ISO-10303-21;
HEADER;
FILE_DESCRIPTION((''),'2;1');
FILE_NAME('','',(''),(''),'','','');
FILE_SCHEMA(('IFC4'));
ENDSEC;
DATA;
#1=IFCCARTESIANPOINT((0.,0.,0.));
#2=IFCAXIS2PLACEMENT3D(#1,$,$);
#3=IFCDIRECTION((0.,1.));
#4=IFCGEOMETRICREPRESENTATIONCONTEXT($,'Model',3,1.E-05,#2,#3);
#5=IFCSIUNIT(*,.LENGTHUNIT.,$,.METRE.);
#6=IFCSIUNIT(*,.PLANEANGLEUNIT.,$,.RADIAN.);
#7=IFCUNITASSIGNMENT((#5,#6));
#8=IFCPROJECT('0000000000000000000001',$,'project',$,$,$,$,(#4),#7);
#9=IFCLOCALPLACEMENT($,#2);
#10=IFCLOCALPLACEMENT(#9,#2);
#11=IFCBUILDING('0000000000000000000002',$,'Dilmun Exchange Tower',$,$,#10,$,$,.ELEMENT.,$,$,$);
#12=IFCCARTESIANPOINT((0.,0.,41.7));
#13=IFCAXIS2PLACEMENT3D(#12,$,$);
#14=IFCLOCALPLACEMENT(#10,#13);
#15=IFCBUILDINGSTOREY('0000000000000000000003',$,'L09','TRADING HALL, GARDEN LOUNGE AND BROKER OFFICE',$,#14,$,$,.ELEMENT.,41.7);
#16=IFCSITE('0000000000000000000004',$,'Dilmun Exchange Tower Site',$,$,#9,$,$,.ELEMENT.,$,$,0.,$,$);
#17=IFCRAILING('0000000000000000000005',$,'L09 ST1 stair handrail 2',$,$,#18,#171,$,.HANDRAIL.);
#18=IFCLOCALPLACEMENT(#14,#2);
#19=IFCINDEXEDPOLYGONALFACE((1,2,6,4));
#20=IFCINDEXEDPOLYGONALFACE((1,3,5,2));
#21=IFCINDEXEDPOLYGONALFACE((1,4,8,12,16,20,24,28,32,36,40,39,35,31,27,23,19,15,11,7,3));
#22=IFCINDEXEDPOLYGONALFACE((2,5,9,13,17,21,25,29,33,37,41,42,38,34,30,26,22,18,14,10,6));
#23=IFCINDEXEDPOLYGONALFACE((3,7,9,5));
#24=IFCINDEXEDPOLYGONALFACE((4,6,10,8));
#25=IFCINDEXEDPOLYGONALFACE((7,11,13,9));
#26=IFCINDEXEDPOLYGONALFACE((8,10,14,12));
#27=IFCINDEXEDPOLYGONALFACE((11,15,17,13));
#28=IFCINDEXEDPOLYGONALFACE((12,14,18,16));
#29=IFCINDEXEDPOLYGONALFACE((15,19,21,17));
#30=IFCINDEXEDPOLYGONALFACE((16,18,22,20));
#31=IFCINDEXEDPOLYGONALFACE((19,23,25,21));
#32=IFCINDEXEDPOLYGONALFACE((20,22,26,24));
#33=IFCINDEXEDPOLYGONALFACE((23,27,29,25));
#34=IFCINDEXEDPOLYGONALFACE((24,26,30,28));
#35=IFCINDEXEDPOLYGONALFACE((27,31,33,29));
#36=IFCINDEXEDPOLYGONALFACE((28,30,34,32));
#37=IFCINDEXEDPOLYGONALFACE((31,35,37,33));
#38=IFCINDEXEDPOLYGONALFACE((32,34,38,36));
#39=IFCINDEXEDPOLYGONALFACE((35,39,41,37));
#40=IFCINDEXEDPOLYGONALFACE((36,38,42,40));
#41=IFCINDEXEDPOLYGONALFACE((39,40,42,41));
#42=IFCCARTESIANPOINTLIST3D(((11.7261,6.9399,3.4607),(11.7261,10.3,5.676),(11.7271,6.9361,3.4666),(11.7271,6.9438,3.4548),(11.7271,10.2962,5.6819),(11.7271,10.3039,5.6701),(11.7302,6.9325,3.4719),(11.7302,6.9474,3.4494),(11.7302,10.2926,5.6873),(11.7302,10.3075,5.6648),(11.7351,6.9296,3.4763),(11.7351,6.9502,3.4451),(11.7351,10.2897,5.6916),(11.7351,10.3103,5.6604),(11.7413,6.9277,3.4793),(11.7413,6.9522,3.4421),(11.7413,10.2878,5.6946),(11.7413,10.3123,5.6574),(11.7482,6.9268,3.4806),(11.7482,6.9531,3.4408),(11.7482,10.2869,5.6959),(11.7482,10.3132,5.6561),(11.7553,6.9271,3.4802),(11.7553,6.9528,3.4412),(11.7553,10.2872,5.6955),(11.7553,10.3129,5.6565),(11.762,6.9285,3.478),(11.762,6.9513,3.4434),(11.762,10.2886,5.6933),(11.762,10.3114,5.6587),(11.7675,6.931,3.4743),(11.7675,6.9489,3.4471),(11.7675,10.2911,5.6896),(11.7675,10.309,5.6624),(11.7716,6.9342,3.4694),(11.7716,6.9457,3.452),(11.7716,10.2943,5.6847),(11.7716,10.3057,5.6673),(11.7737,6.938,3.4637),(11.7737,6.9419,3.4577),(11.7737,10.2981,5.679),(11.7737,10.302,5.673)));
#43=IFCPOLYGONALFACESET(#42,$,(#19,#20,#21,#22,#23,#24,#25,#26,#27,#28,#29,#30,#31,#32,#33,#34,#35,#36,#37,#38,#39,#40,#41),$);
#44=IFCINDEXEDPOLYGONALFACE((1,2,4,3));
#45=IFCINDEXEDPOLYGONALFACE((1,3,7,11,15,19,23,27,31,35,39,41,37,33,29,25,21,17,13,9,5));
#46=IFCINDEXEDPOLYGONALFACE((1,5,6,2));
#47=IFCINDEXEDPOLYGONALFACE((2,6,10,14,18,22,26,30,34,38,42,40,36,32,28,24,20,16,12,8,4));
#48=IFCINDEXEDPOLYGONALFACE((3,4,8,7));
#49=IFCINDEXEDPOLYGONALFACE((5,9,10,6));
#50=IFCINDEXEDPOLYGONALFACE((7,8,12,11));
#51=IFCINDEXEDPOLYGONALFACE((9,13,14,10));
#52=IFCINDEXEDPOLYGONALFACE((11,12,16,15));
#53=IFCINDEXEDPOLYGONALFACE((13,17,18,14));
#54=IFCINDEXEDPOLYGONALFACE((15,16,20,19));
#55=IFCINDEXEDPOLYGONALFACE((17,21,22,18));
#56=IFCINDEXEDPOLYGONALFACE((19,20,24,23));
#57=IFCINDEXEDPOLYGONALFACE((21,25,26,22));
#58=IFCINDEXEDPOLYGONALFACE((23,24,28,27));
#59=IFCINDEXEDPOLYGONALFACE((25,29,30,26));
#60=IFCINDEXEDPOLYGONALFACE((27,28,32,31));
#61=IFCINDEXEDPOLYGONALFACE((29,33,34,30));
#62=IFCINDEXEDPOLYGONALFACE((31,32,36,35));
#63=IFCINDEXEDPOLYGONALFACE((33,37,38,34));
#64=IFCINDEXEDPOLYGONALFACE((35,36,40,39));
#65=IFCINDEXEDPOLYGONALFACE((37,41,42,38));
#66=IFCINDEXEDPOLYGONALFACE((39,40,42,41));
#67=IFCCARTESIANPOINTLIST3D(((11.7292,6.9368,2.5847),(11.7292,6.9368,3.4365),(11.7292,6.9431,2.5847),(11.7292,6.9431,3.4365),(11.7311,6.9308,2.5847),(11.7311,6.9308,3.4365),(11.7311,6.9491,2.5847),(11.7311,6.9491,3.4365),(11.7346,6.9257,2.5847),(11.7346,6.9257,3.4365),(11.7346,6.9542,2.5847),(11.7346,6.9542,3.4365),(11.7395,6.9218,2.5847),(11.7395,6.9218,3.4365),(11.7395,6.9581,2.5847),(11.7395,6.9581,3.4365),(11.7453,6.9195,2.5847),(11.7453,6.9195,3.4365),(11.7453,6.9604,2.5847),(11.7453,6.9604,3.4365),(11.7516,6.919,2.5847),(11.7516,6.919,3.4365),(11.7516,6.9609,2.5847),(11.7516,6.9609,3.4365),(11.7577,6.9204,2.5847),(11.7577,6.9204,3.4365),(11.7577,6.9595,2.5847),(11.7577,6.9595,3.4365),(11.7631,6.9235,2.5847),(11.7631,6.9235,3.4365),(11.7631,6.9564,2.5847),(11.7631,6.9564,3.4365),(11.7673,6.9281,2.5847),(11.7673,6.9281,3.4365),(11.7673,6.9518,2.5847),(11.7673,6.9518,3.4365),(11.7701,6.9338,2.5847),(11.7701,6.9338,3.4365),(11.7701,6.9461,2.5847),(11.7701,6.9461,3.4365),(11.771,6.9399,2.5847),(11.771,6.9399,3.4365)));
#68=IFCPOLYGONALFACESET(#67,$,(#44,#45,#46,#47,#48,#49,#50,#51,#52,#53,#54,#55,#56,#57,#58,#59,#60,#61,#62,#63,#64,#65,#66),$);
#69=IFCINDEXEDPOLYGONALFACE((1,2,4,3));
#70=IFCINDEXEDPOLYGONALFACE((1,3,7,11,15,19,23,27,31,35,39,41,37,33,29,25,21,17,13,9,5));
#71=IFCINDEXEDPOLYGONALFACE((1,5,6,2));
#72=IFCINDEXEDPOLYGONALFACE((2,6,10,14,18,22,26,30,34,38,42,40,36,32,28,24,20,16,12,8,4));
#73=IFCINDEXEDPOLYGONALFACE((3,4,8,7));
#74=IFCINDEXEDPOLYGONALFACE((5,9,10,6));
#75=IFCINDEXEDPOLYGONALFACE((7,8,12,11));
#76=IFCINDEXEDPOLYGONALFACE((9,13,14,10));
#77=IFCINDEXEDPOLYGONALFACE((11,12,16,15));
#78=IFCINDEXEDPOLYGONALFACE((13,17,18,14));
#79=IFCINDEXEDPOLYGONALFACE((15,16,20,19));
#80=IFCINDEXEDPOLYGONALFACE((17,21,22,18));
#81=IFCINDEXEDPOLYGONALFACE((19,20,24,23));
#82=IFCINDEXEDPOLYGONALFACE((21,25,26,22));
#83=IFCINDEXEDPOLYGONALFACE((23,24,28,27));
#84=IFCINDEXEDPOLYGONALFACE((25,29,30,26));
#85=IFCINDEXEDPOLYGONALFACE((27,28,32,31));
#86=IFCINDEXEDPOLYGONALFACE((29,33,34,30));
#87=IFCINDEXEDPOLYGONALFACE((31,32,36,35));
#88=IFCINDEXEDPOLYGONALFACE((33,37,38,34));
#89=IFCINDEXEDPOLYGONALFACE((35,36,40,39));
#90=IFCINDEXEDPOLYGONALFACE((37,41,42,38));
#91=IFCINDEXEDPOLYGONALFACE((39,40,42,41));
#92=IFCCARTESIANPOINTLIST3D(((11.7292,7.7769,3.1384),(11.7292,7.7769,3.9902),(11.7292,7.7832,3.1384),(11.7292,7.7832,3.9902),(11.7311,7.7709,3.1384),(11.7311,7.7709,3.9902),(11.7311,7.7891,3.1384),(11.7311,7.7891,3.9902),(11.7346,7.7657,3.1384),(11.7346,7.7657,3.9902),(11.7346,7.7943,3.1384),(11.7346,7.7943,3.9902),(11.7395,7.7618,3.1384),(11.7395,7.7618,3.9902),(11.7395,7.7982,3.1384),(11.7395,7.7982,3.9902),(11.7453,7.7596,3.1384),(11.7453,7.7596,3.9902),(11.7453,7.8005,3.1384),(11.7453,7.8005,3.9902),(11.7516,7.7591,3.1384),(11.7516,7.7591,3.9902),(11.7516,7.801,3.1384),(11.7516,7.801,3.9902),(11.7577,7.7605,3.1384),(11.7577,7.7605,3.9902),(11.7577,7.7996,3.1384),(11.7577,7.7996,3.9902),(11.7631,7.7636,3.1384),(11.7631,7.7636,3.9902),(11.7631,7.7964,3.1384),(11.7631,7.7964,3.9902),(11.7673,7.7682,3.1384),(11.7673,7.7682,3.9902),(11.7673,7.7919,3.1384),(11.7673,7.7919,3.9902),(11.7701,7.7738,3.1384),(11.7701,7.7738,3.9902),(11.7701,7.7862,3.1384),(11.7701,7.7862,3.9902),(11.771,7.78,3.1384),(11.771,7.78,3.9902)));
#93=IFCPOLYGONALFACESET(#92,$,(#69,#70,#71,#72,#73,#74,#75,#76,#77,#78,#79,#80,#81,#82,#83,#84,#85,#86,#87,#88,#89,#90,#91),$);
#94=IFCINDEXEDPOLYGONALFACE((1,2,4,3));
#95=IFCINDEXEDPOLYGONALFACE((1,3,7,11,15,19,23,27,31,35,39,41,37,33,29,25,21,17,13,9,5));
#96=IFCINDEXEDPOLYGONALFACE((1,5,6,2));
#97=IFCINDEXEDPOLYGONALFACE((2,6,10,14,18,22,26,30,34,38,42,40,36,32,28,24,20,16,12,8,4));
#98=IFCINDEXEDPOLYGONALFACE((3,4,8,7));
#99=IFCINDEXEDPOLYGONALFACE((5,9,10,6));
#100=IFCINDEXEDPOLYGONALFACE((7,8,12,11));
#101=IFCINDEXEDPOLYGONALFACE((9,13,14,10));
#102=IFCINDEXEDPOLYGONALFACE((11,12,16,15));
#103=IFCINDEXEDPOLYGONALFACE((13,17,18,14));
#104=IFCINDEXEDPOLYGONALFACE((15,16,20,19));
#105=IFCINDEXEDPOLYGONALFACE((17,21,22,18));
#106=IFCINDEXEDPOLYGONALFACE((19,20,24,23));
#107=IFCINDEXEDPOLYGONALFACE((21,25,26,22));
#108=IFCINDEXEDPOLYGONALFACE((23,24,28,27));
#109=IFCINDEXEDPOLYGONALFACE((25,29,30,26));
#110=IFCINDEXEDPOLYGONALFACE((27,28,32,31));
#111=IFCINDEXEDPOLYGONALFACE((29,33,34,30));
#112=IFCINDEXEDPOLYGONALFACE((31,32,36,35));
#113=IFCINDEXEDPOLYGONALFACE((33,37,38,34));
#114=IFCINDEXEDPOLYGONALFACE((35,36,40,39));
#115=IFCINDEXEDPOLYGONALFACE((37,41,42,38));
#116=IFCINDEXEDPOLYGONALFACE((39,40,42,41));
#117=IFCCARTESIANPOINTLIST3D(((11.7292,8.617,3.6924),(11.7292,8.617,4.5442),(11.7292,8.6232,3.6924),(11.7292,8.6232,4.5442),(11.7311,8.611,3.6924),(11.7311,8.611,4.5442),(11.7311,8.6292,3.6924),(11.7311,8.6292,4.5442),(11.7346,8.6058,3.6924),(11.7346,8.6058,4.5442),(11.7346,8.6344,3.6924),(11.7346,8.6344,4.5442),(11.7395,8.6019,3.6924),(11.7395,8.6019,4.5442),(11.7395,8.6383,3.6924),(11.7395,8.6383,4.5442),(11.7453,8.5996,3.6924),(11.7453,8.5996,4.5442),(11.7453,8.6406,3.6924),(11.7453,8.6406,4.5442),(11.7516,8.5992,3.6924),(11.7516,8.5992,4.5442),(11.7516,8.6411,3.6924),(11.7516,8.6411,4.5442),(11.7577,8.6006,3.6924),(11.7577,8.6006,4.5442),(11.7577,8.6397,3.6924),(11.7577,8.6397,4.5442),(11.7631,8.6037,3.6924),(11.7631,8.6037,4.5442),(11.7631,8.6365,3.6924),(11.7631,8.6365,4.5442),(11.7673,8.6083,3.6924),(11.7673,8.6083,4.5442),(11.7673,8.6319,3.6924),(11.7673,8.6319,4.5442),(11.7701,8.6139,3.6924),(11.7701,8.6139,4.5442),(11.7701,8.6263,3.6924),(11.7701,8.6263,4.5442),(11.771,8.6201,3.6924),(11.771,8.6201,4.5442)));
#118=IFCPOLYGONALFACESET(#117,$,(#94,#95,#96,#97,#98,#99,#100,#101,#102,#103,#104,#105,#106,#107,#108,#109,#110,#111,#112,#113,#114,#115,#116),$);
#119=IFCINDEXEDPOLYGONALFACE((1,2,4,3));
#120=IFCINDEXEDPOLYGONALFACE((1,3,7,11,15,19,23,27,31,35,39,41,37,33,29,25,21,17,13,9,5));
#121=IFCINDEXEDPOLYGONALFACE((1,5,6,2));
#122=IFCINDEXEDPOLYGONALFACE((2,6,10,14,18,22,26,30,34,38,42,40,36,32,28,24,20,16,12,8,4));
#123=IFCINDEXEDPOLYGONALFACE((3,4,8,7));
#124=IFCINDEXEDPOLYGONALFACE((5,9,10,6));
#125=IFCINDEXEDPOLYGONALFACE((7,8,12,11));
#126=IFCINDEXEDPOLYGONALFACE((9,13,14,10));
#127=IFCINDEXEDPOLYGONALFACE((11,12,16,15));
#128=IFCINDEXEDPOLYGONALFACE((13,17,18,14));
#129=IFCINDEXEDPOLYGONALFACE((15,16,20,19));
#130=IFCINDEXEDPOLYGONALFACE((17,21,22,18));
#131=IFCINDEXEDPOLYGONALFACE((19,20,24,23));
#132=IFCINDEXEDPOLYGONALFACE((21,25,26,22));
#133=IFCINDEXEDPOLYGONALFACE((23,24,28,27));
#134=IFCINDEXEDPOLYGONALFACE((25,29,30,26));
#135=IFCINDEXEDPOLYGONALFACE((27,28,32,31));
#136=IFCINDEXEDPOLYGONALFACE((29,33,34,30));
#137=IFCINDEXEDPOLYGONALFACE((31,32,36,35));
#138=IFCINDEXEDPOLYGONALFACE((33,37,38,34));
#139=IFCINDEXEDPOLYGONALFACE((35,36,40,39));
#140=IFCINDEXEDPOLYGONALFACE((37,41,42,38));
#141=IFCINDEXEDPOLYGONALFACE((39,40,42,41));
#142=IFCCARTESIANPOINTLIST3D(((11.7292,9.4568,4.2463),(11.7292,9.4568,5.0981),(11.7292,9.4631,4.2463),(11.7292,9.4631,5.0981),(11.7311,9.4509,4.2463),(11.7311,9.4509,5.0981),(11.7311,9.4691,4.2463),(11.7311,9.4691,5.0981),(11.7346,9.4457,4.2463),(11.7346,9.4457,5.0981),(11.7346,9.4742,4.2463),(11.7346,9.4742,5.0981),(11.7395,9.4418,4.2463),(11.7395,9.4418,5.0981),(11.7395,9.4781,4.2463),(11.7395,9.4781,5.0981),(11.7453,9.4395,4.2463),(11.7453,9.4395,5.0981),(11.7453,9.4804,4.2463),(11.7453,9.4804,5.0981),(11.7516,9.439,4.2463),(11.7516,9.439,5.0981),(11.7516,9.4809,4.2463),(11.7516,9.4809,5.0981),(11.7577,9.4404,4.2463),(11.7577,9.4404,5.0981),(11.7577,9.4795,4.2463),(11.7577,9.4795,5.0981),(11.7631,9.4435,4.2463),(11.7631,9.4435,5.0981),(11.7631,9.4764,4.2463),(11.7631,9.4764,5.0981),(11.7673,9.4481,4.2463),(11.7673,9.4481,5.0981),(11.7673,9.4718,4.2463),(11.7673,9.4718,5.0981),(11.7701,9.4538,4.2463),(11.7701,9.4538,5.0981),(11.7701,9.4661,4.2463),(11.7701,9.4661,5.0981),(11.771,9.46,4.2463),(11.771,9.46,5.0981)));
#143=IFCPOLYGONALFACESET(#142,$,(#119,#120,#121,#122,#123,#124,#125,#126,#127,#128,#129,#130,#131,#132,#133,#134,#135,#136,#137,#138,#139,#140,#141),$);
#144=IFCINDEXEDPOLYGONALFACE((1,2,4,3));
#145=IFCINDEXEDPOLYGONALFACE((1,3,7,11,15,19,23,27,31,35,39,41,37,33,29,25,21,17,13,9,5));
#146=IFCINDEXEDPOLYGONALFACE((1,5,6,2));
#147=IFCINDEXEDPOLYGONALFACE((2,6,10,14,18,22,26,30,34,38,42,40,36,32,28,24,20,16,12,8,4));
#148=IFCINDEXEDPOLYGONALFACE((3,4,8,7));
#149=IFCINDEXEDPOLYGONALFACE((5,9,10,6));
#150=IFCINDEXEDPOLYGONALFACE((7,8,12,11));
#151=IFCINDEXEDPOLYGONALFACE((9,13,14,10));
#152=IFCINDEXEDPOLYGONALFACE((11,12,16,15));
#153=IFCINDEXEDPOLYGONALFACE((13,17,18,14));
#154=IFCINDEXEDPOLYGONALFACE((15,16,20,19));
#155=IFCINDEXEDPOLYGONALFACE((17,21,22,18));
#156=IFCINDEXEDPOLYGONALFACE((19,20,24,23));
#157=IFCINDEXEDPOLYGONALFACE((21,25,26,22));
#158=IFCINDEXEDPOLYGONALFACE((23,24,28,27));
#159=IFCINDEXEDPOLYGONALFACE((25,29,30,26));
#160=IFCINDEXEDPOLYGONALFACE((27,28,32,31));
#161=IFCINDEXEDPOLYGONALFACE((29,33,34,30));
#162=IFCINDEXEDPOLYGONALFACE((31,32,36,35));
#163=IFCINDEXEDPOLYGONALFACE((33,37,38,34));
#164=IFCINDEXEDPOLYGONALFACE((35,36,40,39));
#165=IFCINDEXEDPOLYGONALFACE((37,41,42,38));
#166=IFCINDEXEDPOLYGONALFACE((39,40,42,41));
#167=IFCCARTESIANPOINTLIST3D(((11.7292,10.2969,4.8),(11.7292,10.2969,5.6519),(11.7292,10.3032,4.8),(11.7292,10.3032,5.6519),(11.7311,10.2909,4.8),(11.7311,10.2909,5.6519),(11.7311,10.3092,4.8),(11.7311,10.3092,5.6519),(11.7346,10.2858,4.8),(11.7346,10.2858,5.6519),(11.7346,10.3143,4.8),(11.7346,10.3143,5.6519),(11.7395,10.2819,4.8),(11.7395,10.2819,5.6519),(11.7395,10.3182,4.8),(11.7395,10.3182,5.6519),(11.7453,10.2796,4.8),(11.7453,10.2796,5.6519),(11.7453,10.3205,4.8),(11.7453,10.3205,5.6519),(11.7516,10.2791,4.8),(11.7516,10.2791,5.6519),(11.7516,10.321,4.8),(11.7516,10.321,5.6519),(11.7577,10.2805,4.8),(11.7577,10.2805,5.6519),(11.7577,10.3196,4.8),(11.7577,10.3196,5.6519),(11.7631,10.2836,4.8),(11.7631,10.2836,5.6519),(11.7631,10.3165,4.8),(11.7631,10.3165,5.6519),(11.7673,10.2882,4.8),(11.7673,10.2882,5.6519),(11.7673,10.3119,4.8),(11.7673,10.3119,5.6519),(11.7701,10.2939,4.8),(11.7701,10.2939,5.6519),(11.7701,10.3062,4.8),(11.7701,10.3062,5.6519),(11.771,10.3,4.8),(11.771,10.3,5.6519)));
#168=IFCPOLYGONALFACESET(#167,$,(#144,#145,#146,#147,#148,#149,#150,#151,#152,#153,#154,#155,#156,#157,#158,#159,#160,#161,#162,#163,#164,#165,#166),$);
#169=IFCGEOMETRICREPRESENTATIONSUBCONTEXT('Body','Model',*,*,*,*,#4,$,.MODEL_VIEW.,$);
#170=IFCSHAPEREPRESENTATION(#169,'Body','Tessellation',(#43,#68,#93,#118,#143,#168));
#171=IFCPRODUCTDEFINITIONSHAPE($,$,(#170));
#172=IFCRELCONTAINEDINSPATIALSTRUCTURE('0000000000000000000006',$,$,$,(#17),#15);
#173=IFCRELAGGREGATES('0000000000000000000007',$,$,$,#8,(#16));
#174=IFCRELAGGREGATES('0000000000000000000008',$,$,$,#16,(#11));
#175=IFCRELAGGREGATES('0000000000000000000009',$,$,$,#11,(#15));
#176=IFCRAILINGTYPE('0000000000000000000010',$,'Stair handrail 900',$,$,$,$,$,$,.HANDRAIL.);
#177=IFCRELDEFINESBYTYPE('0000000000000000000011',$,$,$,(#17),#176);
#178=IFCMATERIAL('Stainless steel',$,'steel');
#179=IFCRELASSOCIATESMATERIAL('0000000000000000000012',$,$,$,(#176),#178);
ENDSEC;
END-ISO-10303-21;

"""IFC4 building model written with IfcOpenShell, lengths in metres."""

from ifc_helpers import new_model, si_unit, direction, frame, origin, origin_2d, place, context, subcontext, project, spatial, circle, extrude, material, type_object, element, save


model = new_model("IFC4")

# Units and contexts
model_context = context("Model", 3, precision=1e-05, world=origin(), true_north=direction((0.0, 1.0)))
body_context = subcontext(model_context, "Body", "Model", "MODEL_VIEW")
ifc_project = project(units=[si_unit("LENGTHUNIT", "METRE"), si_unit("PLANEANGLEUNIT", "RADIAN")], contexts=[model_context])

# Site, building, storey
site_placement = place(None, origin())
site = spatial("IfcSite", under=ifc_project, at=site_placement, Name="Dilmun Exchange Tower Site", CompositionType="ELEMENT", RefElevation=0.0)
building_placement = place(site_placement, origin())
building = spatial("IfcBuilding", under=site, at=building_placement, Name="Dilmun Exchange Tower", CompositionType="ELEMENT")
storey_placement = place(building_placement, frame((0.0, 0.0, 41.7)))
storey = spatial("IfcBuildingStorey", under=building, at=storey_placement, Name="L09", Description="TRADING HALL, GARDEN LOUNGE AND BROKER OFFICE", CompositionType="ELEMENT", Elevation=41.7)

# Railing
ifc_material_1 = material(Name="Stainless steel", Category="steel")
railing_type = type_object("IfcRailingType", Name="Stair handrail 900", PredefinedType="HANDRAIL", material=ifc_material_1)
railing_1_placement = place(storey_placement, frame((11.75, 6.9399, 2.5847)))
element("IfcRailing", 1, at=railing_1_placement, inside=storey, type_object=railing_type, Name="L09 ST1 stair handrail 2", PredefinedType="HANDRAIL", context=body_context, shape_type="SweptSolid", body=[
    extrude(circle(Radius=0.0239, at=origin_2d()), frame((0.0, 0.0, 0.876), z_axis=(0.0, 0.834876, 0.550437), x_axis=(-1.0, 0.0, 0.0)), (0.0, 0.0, 1.0), 4.0247),
    extrude(circle(Radius=0.021, at=origin_2d()), origin(), (0.0, 0.0, 1.0), 0.8518),
    extrude(circle(Radius=0.021, at=origin_2d()), frame((0.0, 0.8401, 0.5537)), (0.0, 0.0, 1.0), 0.8518),
    extrude(circle(Radius=0.021, at=origin_2d()), frame((0.0, 1.6802, 1.1077)), (0.0, 0.0, 1.0), 0.8518),
    extrude(circle(Radius=0.021, at=origin_2d()), frame((0.0, 2.52, 1.6616)), (0.0, 0.0, 1.0), 0.8518),
    extrude(circle(Radius=0.021, at=origin_2d()), frame((0.0, 3.3601, 2.2153)), (0.0, 0.0, 1.0), 0.8518),
])

save(model, "model.ifc")
